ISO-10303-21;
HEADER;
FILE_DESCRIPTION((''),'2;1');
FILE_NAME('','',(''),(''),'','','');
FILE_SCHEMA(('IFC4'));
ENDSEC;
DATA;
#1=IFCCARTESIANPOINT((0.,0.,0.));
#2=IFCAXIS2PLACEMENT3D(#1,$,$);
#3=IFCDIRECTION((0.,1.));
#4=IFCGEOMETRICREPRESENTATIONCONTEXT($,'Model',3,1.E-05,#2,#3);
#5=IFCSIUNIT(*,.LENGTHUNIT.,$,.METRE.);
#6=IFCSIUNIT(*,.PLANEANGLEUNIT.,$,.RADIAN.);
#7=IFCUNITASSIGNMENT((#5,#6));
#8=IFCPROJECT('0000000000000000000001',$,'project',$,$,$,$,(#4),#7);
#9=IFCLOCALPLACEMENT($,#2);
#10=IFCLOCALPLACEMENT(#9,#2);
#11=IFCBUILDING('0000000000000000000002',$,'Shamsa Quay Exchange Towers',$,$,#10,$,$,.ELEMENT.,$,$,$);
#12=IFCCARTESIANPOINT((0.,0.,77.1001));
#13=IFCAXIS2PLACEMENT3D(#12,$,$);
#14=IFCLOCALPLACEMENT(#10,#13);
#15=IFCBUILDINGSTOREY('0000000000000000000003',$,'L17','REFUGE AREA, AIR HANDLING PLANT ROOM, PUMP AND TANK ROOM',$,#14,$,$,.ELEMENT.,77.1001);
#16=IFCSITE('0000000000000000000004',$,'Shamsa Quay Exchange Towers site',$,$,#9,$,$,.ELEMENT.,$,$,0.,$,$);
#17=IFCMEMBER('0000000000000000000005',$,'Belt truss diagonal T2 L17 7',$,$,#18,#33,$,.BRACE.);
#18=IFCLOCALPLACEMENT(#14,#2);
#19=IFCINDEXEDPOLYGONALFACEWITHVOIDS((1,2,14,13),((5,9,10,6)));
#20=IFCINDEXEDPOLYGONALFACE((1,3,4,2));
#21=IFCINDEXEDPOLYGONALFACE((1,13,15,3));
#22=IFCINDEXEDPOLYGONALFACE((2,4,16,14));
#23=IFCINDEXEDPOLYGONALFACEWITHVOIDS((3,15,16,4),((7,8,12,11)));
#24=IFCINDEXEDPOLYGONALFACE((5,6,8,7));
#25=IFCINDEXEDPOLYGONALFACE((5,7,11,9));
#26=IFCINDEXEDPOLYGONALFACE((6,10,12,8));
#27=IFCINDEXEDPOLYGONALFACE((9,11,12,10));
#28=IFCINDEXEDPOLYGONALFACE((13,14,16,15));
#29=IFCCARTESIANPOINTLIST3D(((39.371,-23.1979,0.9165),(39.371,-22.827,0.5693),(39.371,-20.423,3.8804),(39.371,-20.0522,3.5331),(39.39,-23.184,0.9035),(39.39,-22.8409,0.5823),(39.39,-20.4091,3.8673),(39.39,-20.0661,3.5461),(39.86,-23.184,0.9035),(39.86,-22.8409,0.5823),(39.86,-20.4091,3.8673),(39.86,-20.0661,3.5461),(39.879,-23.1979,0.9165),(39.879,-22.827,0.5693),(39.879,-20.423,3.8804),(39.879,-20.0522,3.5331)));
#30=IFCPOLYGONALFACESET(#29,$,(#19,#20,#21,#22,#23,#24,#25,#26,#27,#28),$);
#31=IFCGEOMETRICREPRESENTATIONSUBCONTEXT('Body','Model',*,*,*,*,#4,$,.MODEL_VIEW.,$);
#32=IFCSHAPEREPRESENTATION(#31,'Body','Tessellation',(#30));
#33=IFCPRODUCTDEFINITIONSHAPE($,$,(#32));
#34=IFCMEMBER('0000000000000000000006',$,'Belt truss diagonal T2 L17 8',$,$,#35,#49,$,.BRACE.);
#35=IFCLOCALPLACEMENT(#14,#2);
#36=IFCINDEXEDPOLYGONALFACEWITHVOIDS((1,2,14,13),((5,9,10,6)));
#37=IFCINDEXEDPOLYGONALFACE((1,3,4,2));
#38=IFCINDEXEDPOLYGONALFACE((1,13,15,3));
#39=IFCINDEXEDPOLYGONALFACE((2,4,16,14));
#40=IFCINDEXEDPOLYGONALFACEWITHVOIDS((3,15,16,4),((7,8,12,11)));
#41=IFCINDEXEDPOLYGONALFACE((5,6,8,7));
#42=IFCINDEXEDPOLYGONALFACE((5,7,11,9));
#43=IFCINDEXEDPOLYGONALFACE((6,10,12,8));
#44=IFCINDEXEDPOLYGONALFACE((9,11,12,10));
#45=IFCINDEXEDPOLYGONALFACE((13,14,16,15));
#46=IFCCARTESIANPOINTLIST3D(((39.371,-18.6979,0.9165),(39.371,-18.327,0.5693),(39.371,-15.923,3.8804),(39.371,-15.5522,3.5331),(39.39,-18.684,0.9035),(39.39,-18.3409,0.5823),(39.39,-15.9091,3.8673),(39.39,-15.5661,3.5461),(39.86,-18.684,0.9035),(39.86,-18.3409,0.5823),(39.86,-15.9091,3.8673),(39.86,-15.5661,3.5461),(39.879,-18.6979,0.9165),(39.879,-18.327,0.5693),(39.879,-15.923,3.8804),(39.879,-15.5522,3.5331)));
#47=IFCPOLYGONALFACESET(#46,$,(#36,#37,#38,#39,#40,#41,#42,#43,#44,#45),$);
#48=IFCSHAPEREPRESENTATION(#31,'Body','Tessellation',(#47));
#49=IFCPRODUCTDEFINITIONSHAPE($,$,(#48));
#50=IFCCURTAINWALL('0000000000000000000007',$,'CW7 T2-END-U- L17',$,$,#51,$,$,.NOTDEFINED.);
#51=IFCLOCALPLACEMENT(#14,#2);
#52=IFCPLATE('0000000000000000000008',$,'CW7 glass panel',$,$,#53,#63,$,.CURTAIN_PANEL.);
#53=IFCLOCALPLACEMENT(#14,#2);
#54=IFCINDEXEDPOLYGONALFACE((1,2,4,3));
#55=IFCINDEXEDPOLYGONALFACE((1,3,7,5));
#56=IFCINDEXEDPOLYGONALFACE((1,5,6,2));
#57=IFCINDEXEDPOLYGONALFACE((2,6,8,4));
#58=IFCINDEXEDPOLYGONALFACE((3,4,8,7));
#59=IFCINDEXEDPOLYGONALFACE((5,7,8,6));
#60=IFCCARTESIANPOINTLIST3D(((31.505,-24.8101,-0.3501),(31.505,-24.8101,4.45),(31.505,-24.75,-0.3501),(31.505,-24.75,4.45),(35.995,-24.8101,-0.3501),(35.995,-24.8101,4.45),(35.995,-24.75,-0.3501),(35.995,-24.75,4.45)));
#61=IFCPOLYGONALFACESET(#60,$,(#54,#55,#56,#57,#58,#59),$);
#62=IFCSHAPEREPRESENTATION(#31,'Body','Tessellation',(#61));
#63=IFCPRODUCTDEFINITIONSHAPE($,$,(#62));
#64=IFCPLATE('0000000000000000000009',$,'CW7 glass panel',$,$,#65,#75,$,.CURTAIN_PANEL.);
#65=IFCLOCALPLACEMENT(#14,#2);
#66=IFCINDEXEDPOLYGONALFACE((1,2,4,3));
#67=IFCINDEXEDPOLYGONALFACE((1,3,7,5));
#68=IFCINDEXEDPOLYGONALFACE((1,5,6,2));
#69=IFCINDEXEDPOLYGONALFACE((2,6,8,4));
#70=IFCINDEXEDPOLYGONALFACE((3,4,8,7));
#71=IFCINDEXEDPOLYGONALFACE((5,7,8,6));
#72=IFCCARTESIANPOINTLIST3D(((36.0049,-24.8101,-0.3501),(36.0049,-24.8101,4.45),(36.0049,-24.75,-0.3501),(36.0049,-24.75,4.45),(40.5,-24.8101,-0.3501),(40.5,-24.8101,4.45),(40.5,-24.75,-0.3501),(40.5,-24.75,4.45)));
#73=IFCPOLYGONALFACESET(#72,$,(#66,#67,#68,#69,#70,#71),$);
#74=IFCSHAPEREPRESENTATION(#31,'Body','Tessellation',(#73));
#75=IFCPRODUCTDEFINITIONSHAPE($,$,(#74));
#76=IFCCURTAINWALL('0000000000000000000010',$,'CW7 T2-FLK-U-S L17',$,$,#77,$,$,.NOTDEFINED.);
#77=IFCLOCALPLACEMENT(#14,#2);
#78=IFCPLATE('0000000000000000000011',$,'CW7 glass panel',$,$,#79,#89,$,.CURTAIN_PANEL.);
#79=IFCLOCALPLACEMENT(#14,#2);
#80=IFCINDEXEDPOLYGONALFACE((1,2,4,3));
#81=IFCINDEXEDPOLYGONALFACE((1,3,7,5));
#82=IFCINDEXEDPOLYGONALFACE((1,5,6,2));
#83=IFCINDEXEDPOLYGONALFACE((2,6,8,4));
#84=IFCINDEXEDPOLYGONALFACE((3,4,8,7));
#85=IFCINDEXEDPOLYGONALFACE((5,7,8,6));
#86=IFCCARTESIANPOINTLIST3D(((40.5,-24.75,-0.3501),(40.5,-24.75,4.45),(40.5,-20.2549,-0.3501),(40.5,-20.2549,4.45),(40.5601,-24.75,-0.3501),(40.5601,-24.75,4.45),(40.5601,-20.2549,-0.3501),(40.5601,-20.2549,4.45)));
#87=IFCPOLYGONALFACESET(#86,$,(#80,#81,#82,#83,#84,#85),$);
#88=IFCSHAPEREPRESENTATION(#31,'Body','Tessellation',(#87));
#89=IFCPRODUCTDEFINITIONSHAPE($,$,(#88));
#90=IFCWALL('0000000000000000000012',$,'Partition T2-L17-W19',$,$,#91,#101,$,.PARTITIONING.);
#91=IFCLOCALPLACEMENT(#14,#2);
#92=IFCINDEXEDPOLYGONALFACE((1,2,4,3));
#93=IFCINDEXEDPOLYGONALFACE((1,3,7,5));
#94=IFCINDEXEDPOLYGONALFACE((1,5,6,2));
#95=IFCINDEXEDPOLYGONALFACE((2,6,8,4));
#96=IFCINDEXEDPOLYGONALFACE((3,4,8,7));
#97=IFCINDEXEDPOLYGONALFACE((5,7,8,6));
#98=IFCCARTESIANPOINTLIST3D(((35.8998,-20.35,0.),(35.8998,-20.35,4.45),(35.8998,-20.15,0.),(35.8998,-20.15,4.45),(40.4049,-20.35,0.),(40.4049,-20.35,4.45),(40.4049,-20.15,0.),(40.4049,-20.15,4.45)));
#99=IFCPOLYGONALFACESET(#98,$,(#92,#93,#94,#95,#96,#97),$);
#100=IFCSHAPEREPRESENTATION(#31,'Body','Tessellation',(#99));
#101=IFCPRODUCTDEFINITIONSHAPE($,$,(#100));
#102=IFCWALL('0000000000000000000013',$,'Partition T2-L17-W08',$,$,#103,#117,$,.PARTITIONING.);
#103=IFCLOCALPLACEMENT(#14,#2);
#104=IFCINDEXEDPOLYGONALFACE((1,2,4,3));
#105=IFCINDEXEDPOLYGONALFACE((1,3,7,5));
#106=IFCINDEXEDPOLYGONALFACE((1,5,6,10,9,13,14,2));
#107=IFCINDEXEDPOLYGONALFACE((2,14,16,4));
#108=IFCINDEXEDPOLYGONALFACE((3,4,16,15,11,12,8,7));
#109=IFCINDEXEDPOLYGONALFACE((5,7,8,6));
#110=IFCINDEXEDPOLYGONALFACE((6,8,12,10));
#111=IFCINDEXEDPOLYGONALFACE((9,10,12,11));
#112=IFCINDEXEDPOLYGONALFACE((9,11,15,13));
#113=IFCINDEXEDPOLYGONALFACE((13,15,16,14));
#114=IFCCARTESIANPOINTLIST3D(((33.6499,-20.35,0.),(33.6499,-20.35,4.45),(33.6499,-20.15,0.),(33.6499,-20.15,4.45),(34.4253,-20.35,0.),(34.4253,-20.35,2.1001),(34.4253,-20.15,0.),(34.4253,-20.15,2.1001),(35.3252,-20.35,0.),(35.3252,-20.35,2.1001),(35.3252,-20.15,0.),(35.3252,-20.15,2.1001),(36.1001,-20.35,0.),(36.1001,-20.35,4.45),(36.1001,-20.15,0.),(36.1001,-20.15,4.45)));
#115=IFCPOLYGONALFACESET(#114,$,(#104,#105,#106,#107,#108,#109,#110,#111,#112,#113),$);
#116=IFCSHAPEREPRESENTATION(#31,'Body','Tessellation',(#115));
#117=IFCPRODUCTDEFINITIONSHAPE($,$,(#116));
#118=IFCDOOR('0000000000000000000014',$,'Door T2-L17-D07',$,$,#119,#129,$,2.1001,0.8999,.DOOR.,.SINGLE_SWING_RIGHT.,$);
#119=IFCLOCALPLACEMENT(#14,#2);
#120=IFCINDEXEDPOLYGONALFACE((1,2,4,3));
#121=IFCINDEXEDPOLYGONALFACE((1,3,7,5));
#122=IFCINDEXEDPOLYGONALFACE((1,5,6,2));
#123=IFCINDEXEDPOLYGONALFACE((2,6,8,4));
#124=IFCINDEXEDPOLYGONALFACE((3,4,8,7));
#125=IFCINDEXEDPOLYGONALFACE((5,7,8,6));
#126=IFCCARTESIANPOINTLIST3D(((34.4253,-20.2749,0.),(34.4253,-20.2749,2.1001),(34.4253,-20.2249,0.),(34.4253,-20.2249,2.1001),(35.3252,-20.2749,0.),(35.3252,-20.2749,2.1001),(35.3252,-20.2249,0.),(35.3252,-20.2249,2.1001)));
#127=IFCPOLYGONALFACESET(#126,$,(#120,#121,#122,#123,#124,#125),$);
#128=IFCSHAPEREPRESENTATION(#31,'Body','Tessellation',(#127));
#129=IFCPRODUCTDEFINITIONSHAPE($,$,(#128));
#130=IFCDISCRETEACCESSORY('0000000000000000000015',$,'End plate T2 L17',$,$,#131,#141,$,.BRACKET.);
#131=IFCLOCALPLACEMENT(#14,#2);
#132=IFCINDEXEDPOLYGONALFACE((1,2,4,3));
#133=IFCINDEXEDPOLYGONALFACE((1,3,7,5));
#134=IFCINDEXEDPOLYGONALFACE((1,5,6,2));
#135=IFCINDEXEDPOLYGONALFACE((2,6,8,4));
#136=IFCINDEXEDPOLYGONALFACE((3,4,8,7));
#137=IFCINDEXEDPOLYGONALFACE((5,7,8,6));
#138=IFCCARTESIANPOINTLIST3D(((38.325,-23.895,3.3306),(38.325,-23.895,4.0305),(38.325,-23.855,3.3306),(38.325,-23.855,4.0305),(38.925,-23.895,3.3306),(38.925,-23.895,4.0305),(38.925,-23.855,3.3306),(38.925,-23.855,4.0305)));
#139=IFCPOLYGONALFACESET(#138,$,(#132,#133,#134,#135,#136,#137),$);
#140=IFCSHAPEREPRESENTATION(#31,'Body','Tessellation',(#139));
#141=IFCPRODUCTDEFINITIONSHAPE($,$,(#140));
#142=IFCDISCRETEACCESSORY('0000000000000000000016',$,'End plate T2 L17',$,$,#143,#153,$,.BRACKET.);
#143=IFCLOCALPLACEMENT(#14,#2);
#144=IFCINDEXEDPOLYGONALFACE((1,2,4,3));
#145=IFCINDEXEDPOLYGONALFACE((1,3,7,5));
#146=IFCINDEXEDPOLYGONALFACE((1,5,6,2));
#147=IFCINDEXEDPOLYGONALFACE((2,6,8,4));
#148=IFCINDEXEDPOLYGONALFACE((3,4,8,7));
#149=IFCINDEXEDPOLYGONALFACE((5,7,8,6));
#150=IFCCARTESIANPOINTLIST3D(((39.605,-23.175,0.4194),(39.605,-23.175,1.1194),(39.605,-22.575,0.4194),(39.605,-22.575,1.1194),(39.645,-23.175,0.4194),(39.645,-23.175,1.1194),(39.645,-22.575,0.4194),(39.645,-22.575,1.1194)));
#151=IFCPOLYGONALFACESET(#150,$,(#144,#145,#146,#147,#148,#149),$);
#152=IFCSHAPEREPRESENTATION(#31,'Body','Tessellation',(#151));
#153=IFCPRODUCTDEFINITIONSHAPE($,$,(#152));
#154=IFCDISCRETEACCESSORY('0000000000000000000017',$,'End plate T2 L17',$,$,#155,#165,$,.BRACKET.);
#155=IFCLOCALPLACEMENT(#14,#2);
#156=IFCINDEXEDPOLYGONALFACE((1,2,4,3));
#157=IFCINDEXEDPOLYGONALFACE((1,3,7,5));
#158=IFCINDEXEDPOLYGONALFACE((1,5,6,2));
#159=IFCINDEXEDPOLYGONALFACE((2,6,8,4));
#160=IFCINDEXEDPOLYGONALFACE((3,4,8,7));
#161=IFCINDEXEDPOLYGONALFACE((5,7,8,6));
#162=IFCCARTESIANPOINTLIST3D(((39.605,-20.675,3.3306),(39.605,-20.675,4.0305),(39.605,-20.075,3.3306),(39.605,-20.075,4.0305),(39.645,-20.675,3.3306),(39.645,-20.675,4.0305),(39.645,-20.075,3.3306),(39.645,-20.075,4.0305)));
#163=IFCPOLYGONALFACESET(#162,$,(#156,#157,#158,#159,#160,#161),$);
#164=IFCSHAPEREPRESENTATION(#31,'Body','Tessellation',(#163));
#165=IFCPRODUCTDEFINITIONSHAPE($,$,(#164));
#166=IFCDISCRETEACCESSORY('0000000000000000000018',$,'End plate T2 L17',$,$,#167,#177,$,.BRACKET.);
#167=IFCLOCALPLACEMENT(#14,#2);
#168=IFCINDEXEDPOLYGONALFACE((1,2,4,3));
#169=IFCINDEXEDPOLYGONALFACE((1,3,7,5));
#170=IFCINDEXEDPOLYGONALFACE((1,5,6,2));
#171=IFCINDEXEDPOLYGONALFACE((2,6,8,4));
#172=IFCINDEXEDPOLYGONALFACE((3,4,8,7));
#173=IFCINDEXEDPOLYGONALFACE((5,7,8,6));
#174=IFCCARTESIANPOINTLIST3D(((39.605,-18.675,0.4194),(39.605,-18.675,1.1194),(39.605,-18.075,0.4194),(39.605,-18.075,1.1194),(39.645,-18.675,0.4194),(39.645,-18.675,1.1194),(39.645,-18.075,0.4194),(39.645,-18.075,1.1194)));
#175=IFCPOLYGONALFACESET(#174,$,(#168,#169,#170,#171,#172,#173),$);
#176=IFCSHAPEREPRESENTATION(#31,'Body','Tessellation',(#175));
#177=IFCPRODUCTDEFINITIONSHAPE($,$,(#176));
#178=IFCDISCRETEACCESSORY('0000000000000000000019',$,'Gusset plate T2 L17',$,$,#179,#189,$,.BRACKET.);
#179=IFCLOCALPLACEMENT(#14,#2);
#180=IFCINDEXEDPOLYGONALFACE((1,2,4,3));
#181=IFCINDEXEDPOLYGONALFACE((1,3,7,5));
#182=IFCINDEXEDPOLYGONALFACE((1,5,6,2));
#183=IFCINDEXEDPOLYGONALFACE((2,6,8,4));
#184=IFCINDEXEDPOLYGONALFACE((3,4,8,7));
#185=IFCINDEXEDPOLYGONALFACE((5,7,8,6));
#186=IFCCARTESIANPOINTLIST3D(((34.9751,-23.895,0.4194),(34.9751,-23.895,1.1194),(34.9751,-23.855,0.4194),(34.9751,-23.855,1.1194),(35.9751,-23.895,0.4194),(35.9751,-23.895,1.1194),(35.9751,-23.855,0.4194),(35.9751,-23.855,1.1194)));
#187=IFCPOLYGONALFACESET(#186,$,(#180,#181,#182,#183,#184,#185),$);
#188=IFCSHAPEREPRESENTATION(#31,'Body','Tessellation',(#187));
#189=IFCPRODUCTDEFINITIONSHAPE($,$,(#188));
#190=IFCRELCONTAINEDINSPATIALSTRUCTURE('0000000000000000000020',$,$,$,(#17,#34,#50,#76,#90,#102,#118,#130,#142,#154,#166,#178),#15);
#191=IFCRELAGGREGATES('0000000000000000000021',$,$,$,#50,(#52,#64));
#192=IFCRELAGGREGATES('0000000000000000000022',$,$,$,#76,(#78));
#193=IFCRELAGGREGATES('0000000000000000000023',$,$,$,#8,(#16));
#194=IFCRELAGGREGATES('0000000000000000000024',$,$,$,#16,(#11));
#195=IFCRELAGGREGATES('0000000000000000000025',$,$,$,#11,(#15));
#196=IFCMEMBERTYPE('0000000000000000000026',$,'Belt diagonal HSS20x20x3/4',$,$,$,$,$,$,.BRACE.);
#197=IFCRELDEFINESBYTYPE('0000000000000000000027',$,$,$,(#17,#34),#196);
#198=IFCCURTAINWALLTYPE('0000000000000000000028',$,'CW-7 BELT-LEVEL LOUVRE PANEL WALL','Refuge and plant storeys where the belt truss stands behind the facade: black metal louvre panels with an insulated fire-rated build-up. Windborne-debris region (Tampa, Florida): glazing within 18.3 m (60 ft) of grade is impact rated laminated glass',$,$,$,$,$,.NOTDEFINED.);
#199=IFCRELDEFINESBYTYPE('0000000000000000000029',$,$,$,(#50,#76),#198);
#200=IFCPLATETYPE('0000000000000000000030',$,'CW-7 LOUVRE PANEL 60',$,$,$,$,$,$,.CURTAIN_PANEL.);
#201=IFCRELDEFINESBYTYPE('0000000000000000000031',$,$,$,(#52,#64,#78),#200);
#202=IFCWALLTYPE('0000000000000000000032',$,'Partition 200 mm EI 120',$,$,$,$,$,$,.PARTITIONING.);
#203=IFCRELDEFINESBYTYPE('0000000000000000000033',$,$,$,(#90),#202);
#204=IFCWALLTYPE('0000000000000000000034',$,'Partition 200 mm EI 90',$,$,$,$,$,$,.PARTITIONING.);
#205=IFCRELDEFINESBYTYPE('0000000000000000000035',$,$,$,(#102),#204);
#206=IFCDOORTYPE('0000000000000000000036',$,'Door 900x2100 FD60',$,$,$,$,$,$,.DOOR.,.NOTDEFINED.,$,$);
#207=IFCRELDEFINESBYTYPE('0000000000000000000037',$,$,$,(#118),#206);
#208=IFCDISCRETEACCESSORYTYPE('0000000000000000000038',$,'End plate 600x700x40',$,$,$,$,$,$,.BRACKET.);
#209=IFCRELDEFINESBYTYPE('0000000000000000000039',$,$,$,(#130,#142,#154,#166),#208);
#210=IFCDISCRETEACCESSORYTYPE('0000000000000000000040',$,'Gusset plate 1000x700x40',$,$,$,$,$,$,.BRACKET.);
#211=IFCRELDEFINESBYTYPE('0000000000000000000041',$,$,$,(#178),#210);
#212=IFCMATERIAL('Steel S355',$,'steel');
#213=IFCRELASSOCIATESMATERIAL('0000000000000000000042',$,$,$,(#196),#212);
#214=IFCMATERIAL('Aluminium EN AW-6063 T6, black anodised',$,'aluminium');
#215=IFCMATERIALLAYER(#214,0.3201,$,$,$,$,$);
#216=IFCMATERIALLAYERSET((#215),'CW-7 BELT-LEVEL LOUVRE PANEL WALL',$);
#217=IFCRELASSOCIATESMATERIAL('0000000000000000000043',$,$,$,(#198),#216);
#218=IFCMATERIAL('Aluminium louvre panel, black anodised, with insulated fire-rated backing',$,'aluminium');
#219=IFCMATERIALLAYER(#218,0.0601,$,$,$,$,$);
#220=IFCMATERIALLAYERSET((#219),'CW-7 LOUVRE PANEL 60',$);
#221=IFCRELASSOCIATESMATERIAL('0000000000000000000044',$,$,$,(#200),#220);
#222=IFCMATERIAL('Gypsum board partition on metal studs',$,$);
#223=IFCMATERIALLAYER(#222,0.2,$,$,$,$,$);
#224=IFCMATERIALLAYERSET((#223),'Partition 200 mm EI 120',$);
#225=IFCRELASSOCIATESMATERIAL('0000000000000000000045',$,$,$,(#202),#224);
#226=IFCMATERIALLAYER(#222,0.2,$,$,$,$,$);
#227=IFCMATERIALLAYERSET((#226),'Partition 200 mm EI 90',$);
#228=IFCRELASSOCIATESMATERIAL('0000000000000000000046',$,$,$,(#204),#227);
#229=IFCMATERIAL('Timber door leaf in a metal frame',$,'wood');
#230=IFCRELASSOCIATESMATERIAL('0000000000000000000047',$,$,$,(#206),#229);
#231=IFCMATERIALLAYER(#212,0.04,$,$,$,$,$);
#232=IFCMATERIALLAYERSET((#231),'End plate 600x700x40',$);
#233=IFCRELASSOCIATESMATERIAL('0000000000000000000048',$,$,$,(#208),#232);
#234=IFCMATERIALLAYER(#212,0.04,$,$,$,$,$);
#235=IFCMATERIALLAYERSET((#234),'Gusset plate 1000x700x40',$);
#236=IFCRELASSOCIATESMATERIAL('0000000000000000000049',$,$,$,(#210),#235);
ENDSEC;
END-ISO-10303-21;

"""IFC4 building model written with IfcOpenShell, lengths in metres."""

from ifc_helpers import new_model, si_unit, direction, frame, frame_2d, origin, origin_2d, place, context, subcontext, project, spatial, rectangle, hollow_rectangle, extrude, material, layer, layer_set, material_profile, profile_set, type_object, element, fill, aggregate, save


model = new_model("IFC4")

# Units and contexts
model_context = context("Model", 3, precision=1e-05, world=origin(), true_north=direction((0.0, 1.0)))
body_context = subcontext(model_context, "Body", "Model", "MODEL_VIEW")
ifc_project = project(units=[si_unit("LENGTHUNIT", "METRE"), si_unit("PLANEANGLEUNIT", "RADIAN")], contexts=[model_context])

# Site, building, storey
site_placement = place(None, origin())
site = spatial("IfcSite", under=ifc_project, at=site_placement, Name="Shamsa Quay Exchange Towers site", CompositionType="ELEMENT", RefElevation=0.0)
building_placement = place(site_placement, origin())
building = spatial("IfcBuilding", under=site, at=building_placement, Name="Shamsa Quay Exchange Towers", CompositionType="ELEMENT")
storey_placement = place(building_placement, frame((0.0, 0.0, 77.1001)))
storey = spatial("IfcBuildingStorey", under=building, at=storey_placement, Name="L17", Description="REFUGE AREA, AIR HANDLING PLANT ROOM, PUMP AND TANK ROOM", CompositionType="ELEMENT", Elevation=77.1001)

# Members
ifc_material_1 = material(Name="Steel S355", Category="steel")
ifc_material_profile_1 = material_profile(ifc_material_1, hollow_rectangle(XDim=0.5081, YDim=0.5081, WallThickness=0.019, at=origin_2d()), Name="HSS20x20x3/4")
ifc_profile_set_1 = profile_set([ifc_material_profile_1], Name="Steel S355")
member_type_1 = type_object("IfcMemberType", Name="Belt diagonal HSS20x20x3/4", PredefinedType="BRACE", material=ifc_profile_set_1)
for number, where, z_axis, x_axis, name in (
    (1, (39.625, -23.0125, 0.7429), (0.0, 0.683453, 0.729995), (-1.0, 0.0, 0.0), "Belt truss diagonal T2 L17 7"),
    (2, (39.625, -18.5125, 0.7429), (0.0, 0.683453, 0.729995), (-1.0, 0.0, 0.0), "Belt truss diagonal T2 L17 8"),
):
    element("IfcMember", number, at=place(storey_placement, frame(where, z_axis=z_axis, x_axis=x_axis)), inside=storey, type_object=member_type_1, Name=name, PredefinedType="BRACE", context=body_context, shape_type="SweptSolid", body=[
        extrude(hollow_rectangle(XDim=0.5081, YDim=0.5081, WallThickness=0.019, at=origin_2d()), origin(), (0.0, 0.0, 1.0), 4.0601),
    ])

# Curtain wall, plates
ifc_material_2 = material(Name="Aluminium EN AW-6063 T6, black anodised", Category="aluminium")
ifc_layer_1 = layer(ifc_material_2, 0.3201)
ifc_layer_set_1 = layer_set([ifc_layer_1], Name="CW-7 BELT-LEVEL LOUVRE PANEL WALL")
curtain_wall_type = type_object("IfcCurtainWallType", Name="CW-7 BELT-LEVEL LOUVRE PANEL WALL", Description="Refuge and plant storeys where the belt truss stands behind the facade: black metal louvre panels with an insulated fire-rated build-up. Windborne-debris region (Tampa, Florida): glazing within 18.3 m (60 ft) of grade is impact rated laminated glass", PredefinedType="NOTDEFINED", material=ifc_layer_set_1)
curtain_wall_1_placement = place(storey_placement, origin())
curtain_wall_1 = element("IfcCurtainWall", 3, at=curtain_wall_1_placement, inside=storey, type_object=curtain_wall_type, Name="CW7 T2-END-U- L17", PredefinedType="NOTDEFINED")
ifc_material_3 = material(Name="Aluminium louvre panel, black anodised, with insulated fire-rated backing", Category="aluminium")
ifc_layer_2 = layer(ifc_material_3, 0.0601)
ifc_layer_set_2 = layer_set([ifc_layer_2], Name="CW-7 LOUVRE PANEL 60")
plate_type = type_object("IfcPlateType", Name="CW-7 LOUVRE PANEL 60", PredefinedType="CURTAIN_PANEL", material=ifc_layer_set_2)
plate_1_placement = place(storey_placement, frame((33.75, -24.78, -0.3501)))
plate_1 = element("IfcPlate", 4, at=plate_1_placement, type_object=plate_type, Name="CW7 glass panel", PredefinedType="CURTAIN_PANEL", context=body_context, shape_type="SweptSolid", body=[
    extrude(rectangle(XDim=4.49, YDim=0.0601, at=origin_2d()), origin(), (0.0, 0.0, 1.0), 4.8),
])
plate_2_placement = place(storey_placement, frame((38.2524, -24.78, -0.3501)))
plate_2 = element("IfcPlate", 5, at=plate_2_placement, type_object=plate_type, Name="CW7 glass panel", PredefinedType="CURTAIN_PANEL", context=body_context, shape_type="SweptSolid", body=[
    extrude(rectangle(XDim=4.4951, YDim=0.0601, at=origin_2d()), origin(), (0.0, 0.0, 1.0), 4.8),
])
aggregate(curtain_wall_1, [plate_1, plate_2])

# Curtain wall, plate
curtain_wall_2_placement = place(storey_placement, origin())
curtain_wall_2 = element("IfcCurtainWall", 6, at=curtain_wall_2_placement, inside=storey, type_object=curtain_wall_type, Name="CW7 T2-FLK-U-S L17", PredefinedType="NOTDEFINED")
plate_3_placement = place(storey_placement, frame((40.53, -22.5024, -0.3501), z_axis=(0.0, 0.0, 1.0), x_axis=(0.0, 1.0, 0.0)))
plate_3 = element("IfcPlate", 7, at=plate_3_placement, type_object=plate_type, Name="CW7 glass panel", PredefinedType="CURTAIN_PANEL", context=body_context, shape_type="SweptSolid", body=[
    extrude(rectangle(XDim=4.4951, YDim=0.0601, at=origin_2d()), origin(), (0.0, 0.0, 1.0), 4.8),
])
aggregate(curtain_wall_2, [plate_3])

# Shared definitions
ifc_material_4 = material(Name="Gypsum board partition on metal studs")
ifc_layer_3 = layer(ifc_material_4, 0.2)
ifc_layer_set_3 = layer_set([ifc_layer_3], Name="Partition 200 mm EI 120")
wall_type_1 = type_object("IfcWallType", Name="Partition 200 mm EI 120", PredefinedType="PARTITIONING", material=ifc_layer_set_3)
ifc_material_5 = material(Name="Timber door leaf in a metal frame", Category="wood")

# Wall
wall_1_placement = place(storey_placement, frame((35.8999, -20.25, 0.0)))
element("IfcWall", 8, at=wall_1_placement, inside=storey, type_object=wall_type_1, Name="Partition T2-L17-W19", PredefinedType="PARTITIONING", context=body_context, shape_type="SweptSolid", body=[
    extrude(rectangle(XDim=4.5051, YDim=0.2, at=frame_2d((2.2524, 0.0))), origin(), (0.0, 0.0, 1.0), 4.45),
])

# Wall, opening, door
ifc_layer_4 = layer(ifc_material_4, 0.2)
ifc_layer_set_4 = layer_set([ifc_layer_4], Name="Partition 200 mm EI 90")
wall_type_2 = type_object("IfcWallType", Name="Partition 200 mm EI 90", PredefinedType="PARTITIONING", material=ifc_layer_set_4)
wall_2_placement = place(storey_placement, frame((36.1001, -20.25, 0.0), z_axis=(0.0, 0.0, 1.0), x_axis=(-1.0, 0.0, 0.0)))
wall_2 = element("IfcWall", 9, at=wall_2_placement, inside=storey, type_object=wall_type_2, Name="Partition T2-L17-W08", PredefinedType="PARTITIONING", context=body_context, shape_type="SweptSolid", body=[
    extrude(rectangle(XDim=2.4502, YDim=0.2, at=frame_2d((1.2251, 0.0))), origin(), (0.0, 0.0, 1.0), 4.45),
])
opening_1_placement = place(wall_2_placement, frame((0.7749, 0.0, 0.0)))
opening_1 = element("IfcOpeningElement", 10, at=opening_1_placement, cuts=wall_2, PredefinedType="OPENING", context=body_context, shape_type="SweptSolid", body=[
    extrude(rectangle(XDim=0.8999, YDim=2.1001, at=frame_2d((0.45, 1.05))), frame((0.0, 0.1099, 0.0), z_axis=(0.0, -1.0, 0.0), x_axis=(1.0, 0.0, 0.0)), (0.0, 0.0, 1.0), 0.22),
])
door_type_1 = type_object("IfcDoorType", Name="Door 900x2100 FD60", OperationType="NOTDEFINED", PredefinedType="DOOR", material=ifc_material_5)
door_1_placement = place(opening_1_placement, origin())
door_1 = element("IfcDoor", 11, at=door_1_placement, inside=storey, type_object=door_type_1, Name="Door T2-L17-D07", OperationType="SINGLE_SWING_RIGHT", OverallHeight=2.1001, OverallWidth=0.8999, PredefinedType="DOOR", context=body_context, shape_type="SweptSolid", body=[
    extrude(rectangle(XDim=0.8999, YDim=2.1001, at=frame_2d((0.45, 1.05))), frame((0.0, 0.0249, 0.0), z_axis=(0.0, -1.0, 0.0), x_axis=(1.0, 0.0, 0.0)), (0.0, 0.0, 1.0), 0.05),
])
fill(opening_1, door_1)

# Discrete accessories
ifc_layer_5 = layer(ifc_material_1, 0.04)
ifc_layer_set_5 = layer_set([ifc_layer_5], Name="End plate 600x700x40")
discrete_accessory_type_1 = type_object("IfcDiscreteAccessoryType", Name="End plate 600x700x40", PredefinedType="BRACKET", material=ifc_layer_set_5)
discrete_accessory_1_placement = place(storey_placement, frame((38.625, -23.875, 3.3306)))
element("IfcDiscreteAccessory", 12, at=discrete_accessory_1_placement, inside=storey, type_object=discrete_accessory_type_1, Name="End plate T2 L17", PredefinedType="BRACKET", context=body_context, shape_type="SweptSolid", body=[
    extrude(rectangle(XDim=0.6001, YDim=0.04, at=origin_2d()), origin(), (0.0, 0.0, 1.0), 0.7),
])
for number, where, z_axis, x_axis, name in (
    (13, (39.625, -22.875, 0.4194), (0.0, 0.0, 1.0), (0.0, 1.0, 0.0), "End plate T2 L17"),
    (14, (39.625, -20.375, 3.3306), (0.0, 0.0, 1.0), (0.0, 1.0, 0.0), "End plate T2 L17"),
    (15, (39.625, -18.375, 0.4194), (0.0, 0.0, 1.0), (0.0, 1.0, 0.0), "End plate T2 L17"),
):
    element("IfcDiscreteAccessory", number, at=place(storey_placement, frame(where, z_axis=z_axis, x_axis=x_axis)), inside=storey, type_object=discrete_accessory_type_1, Name=name, PredefinedType="BRACKET", context=body_context, shape_type="SweptSolid", body=[
        extrude(rectangle(XDim=0.6001, YDim=0.04, at=origin_2d()), origin(), (0.0, 0.0, 1.0), 0.7),
    ])
ifc_layer_6 = layer(ifc_material_1, 0.04)
ifc_layer_set_6 = layer_set([ifc_layer_6], Name="Gusset plate 1000x700x40")
discrete_accessory_type_2 = type_object("IfcDiscreteAccessoryType", Name="Gusset plate 1000x700x40", PredefinedType="BRACKET", material=ifc_layer_set_6)
discrete_accessory_2_placement = place(storey_placement, frame((35.4751, -23.875, 0.4194)))
element("IfcDiscreteAccessory", 16, at=discrete_accessory_2_placement, inside=storey, type_object=discrete_accessory_type_2, Name="Gusset plate T2 L17", PredefinedType="BRACKET", context=body_context, shape_type="SweptSolid", body=[
    extrude(rectangle(XDim=1.0, YDim=0.04, at=origin_2d()), origin(), (0.0, 0.0, 1.0), 0.7),
])

save(model, "model.ifc")
